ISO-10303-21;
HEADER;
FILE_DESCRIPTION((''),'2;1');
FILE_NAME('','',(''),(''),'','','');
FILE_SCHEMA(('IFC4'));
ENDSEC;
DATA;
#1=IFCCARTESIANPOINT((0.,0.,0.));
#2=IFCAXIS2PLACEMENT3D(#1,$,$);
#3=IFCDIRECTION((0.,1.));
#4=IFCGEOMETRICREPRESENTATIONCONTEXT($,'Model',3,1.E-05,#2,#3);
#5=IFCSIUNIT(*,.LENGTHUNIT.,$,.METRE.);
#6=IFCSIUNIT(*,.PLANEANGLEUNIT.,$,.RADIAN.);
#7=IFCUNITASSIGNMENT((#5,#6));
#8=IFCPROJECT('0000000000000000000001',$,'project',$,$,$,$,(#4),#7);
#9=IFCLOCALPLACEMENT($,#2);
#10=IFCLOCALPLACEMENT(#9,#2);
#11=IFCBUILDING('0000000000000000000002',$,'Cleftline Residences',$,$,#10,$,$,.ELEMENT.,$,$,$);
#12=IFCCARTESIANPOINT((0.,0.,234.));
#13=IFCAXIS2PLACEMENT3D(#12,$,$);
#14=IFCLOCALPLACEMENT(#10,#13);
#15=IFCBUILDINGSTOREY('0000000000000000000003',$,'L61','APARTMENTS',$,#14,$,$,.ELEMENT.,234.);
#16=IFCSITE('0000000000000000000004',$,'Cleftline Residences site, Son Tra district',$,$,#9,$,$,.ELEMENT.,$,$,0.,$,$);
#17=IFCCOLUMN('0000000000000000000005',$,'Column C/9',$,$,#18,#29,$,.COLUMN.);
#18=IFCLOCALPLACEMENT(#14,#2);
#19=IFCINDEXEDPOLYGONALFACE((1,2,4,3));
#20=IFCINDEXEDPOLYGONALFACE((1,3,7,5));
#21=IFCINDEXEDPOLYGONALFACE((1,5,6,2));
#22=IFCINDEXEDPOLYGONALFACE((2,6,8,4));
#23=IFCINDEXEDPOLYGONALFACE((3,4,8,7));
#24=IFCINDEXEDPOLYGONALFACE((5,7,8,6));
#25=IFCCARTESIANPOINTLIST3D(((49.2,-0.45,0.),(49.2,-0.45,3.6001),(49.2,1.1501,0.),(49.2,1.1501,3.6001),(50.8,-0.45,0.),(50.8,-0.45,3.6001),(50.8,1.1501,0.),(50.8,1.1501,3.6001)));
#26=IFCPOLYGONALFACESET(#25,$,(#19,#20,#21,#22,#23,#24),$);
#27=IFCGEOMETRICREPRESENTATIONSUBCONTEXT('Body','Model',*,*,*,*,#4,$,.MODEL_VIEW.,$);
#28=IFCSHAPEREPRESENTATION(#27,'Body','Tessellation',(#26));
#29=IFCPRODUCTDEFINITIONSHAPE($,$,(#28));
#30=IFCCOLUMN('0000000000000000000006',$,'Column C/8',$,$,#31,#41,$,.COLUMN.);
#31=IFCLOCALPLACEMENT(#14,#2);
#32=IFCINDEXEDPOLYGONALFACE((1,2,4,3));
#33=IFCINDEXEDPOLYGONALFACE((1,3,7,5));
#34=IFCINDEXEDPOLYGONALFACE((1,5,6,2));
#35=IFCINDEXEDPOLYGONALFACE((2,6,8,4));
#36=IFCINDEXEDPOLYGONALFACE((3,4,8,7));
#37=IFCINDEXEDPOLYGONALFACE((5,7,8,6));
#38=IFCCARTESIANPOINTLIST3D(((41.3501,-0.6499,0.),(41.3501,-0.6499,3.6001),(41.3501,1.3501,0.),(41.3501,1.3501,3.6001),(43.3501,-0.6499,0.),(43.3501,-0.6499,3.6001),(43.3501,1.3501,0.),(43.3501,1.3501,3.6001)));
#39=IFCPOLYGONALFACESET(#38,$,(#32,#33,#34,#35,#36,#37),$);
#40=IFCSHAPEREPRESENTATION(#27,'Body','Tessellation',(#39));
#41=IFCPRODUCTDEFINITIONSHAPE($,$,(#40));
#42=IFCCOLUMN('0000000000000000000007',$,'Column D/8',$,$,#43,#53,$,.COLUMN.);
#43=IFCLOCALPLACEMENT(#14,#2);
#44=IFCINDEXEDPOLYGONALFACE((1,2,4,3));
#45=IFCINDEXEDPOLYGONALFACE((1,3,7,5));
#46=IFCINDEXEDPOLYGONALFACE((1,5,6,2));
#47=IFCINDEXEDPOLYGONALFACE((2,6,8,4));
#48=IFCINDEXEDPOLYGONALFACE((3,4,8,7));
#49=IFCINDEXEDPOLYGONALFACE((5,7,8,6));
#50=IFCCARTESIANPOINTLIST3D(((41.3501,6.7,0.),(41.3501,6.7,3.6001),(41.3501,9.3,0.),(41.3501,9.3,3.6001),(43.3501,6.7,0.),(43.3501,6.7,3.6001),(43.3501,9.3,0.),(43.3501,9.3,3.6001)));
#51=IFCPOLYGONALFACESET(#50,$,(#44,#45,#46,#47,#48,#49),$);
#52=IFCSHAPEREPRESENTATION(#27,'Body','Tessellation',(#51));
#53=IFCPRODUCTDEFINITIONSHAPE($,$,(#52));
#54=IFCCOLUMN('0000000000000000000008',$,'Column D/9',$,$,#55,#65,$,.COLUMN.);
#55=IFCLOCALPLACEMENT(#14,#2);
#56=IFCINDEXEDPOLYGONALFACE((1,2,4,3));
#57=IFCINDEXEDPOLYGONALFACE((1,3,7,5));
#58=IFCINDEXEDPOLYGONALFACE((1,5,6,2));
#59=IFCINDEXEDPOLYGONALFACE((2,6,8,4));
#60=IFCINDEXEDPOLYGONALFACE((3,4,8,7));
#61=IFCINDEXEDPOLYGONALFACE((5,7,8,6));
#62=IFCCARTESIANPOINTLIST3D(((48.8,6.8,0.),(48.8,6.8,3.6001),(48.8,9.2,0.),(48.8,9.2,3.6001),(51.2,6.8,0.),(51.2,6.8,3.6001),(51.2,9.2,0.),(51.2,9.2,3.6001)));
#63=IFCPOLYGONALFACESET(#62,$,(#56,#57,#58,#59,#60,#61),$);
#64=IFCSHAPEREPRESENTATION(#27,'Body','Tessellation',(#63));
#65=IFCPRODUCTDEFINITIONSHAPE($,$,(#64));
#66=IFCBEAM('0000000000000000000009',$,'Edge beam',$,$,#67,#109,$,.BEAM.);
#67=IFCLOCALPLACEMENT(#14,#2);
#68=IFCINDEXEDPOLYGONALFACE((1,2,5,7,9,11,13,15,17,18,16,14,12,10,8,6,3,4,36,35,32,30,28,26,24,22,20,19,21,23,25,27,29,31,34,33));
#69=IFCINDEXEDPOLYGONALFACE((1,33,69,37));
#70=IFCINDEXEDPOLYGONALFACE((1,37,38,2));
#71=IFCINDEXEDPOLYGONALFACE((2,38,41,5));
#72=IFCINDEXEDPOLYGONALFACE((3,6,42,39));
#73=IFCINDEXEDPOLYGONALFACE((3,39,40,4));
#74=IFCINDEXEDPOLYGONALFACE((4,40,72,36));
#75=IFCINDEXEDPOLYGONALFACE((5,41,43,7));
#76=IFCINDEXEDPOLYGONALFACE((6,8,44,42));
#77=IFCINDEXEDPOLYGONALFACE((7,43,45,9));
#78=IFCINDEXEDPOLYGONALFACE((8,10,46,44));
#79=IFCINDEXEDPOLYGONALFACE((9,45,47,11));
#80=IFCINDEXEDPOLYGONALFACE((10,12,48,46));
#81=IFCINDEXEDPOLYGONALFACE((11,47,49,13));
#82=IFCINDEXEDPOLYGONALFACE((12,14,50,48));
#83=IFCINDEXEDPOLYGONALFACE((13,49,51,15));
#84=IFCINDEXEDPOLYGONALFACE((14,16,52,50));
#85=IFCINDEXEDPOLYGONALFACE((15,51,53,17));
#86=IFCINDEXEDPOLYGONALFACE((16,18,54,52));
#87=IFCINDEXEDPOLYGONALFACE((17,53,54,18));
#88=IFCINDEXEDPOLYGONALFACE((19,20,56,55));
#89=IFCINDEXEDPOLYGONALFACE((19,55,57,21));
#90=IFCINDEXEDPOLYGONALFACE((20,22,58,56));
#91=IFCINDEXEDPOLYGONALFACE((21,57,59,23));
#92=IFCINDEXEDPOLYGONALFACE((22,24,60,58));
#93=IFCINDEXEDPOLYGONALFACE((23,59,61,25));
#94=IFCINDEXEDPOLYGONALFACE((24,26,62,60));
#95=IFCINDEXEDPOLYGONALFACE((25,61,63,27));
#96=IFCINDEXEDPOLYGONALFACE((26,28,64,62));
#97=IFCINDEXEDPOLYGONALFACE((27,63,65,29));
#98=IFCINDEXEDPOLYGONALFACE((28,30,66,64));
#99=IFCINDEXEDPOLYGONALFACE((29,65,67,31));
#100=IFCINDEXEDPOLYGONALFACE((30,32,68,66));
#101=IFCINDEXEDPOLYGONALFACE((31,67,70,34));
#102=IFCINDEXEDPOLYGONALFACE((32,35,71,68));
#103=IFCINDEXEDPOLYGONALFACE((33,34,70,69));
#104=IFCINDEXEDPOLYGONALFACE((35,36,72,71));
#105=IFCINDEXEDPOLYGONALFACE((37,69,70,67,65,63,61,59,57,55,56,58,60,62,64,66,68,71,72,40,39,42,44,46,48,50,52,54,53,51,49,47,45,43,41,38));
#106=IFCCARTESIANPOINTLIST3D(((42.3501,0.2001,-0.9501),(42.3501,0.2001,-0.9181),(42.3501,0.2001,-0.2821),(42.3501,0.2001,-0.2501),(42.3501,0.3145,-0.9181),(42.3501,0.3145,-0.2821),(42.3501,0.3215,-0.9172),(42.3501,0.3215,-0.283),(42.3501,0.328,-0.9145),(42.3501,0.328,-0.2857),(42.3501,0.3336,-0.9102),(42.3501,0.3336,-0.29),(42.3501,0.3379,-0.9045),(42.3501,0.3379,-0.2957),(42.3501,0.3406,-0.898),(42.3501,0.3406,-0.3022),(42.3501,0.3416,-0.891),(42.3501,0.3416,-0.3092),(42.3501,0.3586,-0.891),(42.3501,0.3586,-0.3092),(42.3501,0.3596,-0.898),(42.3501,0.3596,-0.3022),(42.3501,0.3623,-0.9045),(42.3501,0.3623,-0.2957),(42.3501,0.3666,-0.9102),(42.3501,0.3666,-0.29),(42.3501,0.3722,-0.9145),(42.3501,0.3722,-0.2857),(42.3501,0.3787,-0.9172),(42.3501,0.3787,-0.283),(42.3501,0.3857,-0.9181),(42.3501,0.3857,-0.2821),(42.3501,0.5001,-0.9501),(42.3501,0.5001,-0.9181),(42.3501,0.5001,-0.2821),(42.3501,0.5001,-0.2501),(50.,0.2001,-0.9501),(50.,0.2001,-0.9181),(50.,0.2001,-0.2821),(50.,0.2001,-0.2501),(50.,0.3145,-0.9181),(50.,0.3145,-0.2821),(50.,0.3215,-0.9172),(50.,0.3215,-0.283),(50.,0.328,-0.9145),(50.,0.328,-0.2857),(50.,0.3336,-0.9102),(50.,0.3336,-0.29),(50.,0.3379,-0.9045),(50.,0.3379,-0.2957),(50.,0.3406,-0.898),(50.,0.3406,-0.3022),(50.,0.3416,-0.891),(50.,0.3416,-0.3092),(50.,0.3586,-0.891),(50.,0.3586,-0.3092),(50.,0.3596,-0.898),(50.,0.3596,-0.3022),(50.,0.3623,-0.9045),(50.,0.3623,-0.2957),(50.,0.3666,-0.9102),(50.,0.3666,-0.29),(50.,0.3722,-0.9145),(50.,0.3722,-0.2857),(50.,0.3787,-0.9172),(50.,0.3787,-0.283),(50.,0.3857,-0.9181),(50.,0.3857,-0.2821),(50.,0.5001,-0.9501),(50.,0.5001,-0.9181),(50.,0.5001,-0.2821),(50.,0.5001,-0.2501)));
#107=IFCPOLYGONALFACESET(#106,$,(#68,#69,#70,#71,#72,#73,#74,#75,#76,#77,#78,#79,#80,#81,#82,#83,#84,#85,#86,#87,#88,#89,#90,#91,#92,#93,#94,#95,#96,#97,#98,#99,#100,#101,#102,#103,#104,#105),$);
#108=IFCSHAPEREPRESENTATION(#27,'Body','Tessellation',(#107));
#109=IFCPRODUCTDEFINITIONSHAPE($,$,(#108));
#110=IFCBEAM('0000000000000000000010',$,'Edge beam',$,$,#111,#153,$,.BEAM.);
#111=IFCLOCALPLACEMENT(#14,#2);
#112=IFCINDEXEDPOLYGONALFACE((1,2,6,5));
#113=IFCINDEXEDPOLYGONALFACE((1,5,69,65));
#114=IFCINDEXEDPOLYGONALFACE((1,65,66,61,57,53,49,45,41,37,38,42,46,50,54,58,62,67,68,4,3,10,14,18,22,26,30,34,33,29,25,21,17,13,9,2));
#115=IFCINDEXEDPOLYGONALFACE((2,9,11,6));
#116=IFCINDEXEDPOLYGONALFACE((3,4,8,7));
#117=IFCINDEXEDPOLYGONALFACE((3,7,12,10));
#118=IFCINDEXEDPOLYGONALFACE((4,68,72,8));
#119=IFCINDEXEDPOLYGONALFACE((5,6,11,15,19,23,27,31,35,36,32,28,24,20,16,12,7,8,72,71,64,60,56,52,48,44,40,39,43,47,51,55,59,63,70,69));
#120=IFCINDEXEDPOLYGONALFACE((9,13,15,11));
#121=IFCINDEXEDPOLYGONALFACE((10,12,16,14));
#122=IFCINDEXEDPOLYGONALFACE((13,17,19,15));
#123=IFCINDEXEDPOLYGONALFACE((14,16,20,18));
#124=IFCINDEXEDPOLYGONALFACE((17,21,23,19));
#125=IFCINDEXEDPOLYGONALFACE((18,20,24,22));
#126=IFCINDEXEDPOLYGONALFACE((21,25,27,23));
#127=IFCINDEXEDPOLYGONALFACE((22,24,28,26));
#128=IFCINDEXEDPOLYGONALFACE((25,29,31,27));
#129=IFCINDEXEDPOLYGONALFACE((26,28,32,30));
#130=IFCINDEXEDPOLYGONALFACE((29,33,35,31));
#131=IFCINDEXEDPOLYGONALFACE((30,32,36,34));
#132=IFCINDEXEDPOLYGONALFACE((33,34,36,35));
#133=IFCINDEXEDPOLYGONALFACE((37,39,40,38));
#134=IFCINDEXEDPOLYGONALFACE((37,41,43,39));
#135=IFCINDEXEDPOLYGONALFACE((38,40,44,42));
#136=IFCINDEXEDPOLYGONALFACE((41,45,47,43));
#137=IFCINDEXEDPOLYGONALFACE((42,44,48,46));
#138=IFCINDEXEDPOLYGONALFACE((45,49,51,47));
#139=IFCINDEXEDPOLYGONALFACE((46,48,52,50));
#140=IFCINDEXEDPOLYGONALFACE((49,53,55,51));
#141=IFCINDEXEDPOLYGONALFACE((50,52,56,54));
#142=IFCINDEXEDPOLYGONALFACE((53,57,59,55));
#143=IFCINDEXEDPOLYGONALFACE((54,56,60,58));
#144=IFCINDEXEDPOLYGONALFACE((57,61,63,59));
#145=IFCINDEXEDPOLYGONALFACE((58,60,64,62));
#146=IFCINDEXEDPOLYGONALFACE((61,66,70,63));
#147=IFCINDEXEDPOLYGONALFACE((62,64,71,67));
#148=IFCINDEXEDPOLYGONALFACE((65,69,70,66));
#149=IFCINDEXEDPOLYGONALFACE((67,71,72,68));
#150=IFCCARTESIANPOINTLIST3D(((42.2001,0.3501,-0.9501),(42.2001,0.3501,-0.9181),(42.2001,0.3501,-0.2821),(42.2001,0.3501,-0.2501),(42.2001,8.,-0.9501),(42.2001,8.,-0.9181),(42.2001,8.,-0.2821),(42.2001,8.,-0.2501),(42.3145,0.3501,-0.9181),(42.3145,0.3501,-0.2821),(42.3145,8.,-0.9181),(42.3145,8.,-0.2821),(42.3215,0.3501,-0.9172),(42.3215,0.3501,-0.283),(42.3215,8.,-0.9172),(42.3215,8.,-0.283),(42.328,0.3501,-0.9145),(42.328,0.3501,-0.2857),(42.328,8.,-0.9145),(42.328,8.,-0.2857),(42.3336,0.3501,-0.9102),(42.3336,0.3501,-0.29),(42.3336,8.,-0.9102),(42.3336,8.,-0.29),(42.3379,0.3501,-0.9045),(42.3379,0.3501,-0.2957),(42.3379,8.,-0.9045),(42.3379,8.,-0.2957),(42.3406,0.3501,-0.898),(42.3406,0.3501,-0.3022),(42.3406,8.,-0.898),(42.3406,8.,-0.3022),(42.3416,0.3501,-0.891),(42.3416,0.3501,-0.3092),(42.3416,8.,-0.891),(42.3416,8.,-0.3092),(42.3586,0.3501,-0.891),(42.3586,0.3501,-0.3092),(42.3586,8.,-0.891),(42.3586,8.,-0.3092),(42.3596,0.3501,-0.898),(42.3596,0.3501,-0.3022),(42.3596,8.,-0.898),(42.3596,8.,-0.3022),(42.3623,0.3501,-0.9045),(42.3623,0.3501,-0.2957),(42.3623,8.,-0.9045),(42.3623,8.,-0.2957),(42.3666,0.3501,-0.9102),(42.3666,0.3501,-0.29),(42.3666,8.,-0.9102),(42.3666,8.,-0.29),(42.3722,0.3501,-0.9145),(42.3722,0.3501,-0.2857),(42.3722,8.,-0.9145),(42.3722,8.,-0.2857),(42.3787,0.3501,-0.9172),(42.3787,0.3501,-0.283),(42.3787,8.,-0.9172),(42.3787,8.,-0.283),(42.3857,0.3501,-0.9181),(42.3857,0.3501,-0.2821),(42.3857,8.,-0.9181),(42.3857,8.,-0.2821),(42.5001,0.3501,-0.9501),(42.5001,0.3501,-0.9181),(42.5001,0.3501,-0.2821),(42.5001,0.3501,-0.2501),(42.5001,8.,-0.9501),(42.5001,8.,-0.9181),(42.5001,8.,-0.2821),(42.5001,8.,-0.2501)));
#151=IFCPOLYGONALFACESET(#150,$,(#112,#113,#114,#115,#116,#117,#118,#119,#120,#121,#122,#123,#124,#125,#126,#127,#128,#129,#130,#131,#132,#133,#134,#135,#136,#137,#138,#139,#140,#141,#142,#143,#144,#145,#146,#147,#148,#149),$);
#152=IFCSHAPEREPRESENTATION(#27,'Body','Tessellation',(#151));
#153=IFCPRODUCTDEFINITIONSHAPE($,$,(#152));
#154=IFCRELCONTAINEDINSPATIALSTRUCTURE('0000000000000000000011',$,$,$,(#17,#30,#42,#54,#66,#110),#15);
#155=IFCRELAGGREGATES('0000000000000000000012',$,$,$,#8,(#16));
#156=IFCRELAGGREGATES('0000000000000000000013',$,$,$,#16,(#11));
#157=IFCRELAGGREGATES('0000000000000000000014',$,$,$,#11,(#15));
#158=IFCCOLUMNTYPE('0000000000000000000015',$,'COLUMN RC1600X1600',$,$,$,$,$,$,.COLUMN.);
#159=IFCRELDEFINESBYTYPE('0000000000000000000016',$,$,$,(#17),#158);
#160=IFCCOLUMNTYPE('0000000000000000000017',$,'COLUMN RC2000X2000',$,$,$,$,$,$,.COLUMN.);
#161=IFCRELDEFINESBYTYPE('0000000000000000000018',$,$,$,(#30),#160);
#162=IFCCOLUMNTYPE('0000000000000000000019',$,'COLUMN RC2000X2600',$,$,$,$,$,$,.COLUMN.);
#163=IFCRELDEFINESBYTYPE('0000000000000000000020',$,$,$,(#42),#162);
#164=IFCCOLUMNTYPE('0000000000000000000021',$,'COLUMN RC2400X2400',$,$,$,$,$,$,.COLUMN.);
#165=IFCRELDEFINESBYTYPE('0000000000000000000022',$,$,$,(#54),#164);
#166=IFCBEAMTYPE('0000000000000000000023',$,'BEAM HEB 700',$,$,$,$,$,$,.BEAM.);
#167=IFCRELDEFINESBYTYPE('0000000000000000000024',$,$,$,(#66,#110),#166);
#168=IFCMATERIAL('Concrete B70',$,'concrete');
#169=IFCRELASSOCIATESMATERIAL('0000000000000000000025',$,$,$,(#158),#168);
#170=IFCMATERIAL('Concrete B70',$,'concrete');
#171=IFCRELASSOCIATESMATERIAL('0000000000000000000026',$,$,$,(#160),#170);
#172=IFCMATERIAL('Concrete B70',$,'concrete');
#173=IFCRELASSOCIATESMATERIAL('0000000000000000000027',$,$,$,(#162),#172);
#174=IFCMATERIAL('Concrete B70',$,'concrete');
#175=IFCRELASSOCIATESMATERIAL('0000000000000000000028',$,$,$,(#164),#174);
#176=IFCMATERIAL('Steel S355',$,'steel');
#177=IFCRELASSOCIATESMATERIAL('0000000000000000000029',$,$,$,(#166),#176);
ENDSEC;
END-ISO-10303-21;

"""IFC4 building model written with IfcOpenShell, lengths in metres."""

from ifc_helpers import new_model, si_unit, direction, frame, origin, origin_2d, place, context, subcontext, project, spatial, rectangle, i_section, extrude, material, material_profile, profile_set, type_object, element, save


model = new_model("IFC4")

# Units and contexts
model_context = context("Model", 3, precision=1e-05, world=origin(), true_north=direction((0.0, 1.0)))
body_context = subcontext(model_context, "Body", "Model", "MODEL_VIEW")
ifc_project = project(units=[si_unit("LENGTHUNIT", "METRE"), si_unit("PLANEANGLEUNIT", "RADIAN")], contexts=[model_context])

# Site, building, storey
site_placement = place(None, origin())
site = spatial("IfcSite", under=ifc_project, at=site_placement, Name="Cleftline Residences site, Son Tra district", CompositionType="ELEMENT", RefElevation=0.0)
building_placement = place(site_placement, origin())
building = spatial("IfcBuilding", under=site, at=building_placement, Name="Cleftline Residences", CompositionType="ELEMENT")
storey_placement = place(building_placement, frame((0.0, 0.0, 234.0)))
storey = spatial("IfcBuildingStorey", under=building, at=storey_placement, Name="L61", Description="APARTMENTS", CompositionType="ELEMENT", Elevation=234.0)

# Columns
ifc_material_1 = material(Name="Concrete B70", Category="concrete")
ifc_material_profile_1 = material_profile(ifc_material_1, rectangle(XDim=1.6001, YDim=1.6001, at=origin_2d()))
ifc_profile_set_1 = profile_set([ifc_material_profile_1], Name="Concrete B70")
column_type_1 = type_object("IfcColumnType", Name="COLUMN RC1600X1600", PredefinedType="COLUMN", material=ifc_profile_set_1)
column_1_placement = place(storey_placement, frame((50.0, 0.3501, 0.0), z_axis=(0.0, 0.0, 1.0), x_axis=(1.0, 0.0, 0.0)))
element("IfcColumn", 1, at=column_1_placement, inside=storey, type_object=column_type_1, Name="Column C/9", PredefinedType="COLUMN", context=body_context, shape_type="SweptSolid", body=[
    extrude(rectangle(XDim=1.6001, YDim=1.6001, at=origin_2d()), origin(), (0.0, 0.0, 1.0), 3.6001),
])
ifc_material_2 = material(Name="Concrete B70", Category="concrete")
ifc_material_profile_2 = material_profile(ifc_material_2, rectangle(XDim=2.0, YDim=2.0, at=origin_2d()))
ifc_profile_set_2 = profile_set([ifc_material_profile_2], Name="Concrete B70")
column_type_2 = type_object("IfcColumnType", Name="COLUMN RC2000X2000", PredefinedType="COLUMN", material=ifc_profile_set_2)
column_2_placement = place(storey_placement, frame((42.3501, 0.3501, 0.0), z_axis=(0.0, 0.0, 1.0), x_axis=(1.0, 0.0, 0.0)))
element("IfcColumn", 2, at=column_2_placement, inside=storey, type_object=column_type_2, Name="Column C/8", PredefinedType="COLUMN", context=body_context, shape_type="SweptSolid", body=[
    extrude(rectangle(XDim=2.0, YDim=2.0, at=origin_2d()), origin(), (0.0, 0.0, 1.0), 3.6001),
])
ifc_material_3 = material(Name="Concrete B70", Category="concrete")
ifc_material_profile_3 = material_profile(ifc_material_3, rectangle(XDim=2.0, YDim=2.6001, at=origin_2d()))
ifc_profile_set_3 = profile_set([ifc_material_profile_3], Name="Concrete B70")
column_type_3 = type_object("IfcColumnType", Name="COLUMN RC2000X2600", PredefinedType="COLUMN", material=ifc_profile_set_3)
column_3_placement = place(storey_placement, frame((42.3501, 8.0, 0.0), z_axis=(0.0, 0.0, 1.0), x_axis=(1.0, 0.0, 0.0)))
element("IfcColumn", 3, at=column_3_placement, inside=storey, type_object=column_type_3, Name="Column D/8", PredefinedType="COLUMN", context=body_context, shape_type="SweptSolid", body=[
    extrude(rectangle(XDim=2.0, YDim=2.6001, at=origin_2d()), origin(), (0.0, 0.0, 1.0), 3.6001),
])
ifc_material_4 = material(Name="Concrete B70", Category="concrete")
ifc_material_profile_4 = material_profile(ifc_material_4, rectangle(XDim=2.3999, YDim=2.3999, at=origin_2d()))
ifc_profile_set_4 = profile_set([ifc_material_profile_4], Name="Concrete B70")
column_type_4 = type_object("IfcColumnType", Name="COLUMN RC2400X2400", PredefinedType="COLUMN", material=ifc_profile_set_4)
column_4_placement = place(storey_placement, frame((50.0, 8.0, 0.0), z_axis=(0.0, 0.0, 1.0), x_axis=(1.0, 0.0, 0.0)))
element("IfcColumn", 4, at=column_4_placement, inside=storey, type_object=column_type_4, Name="Column D/9", PredefinedType="COLUMN", context=body_context, shape_type="SweptSolid", body=[
    extrude(rectangle(XDim=2.3999, YDim=2.3999, at=origin_2d()), origin(), (0.0, 0.0, 1.0), 3.6001),
])

# Beams
ifc_material_5 = material(Name="Steel S355", Category="steel")
ifc_material_profile_5 = material_profile(ifc_material_5, i_section(OverallWidth=0.3, OverallDepth=0.7, WebThickness=0.0171, FlangeThickness=0.032, FilletRadius=0.0271, at=origin_2d()))
ifc_profile_set_5 = profile_set([ifc_material_profile_5], Name="Steel S355")
beam_type = type_object("IfcBeamType", Name="BEAM HEB 700", PredefinedType="BEAM", material=ifc_profile_set_5)
for number, where, z_axis, x_axis, name in (
    (5, (50.0, 0.3501, -0.6001), (-1.0, 0.0, 0.0), (0.0, -1.0, 0.0), "Edge beam"),
    (6, (42.3501, 0.3501, -0.6001), (0.0, 1.0, 0.0), (-1.0, 0.0, 0.0), "Edge beam"),
):
    element("IfcBeam", number, at=place(storey_placement, frame(where, z_axis=z_axis, x_axis=x_axis)), inside=storey, type_object=beam_type, Name=name, PredefinedType="BEAM", context=body_context, shape_type="SweptSolid", body=[
        extrude(i_section(OverallWidth=0.3, OverallDepth=0.7, WebThickness=0.0171, FlangeThickness=0.032, FilletRadius=0.0271, at=origin_2d()), origin(), (0.0, 0.0, 1.0), 7.6499),
    ])

save(model, "model.ifc")
